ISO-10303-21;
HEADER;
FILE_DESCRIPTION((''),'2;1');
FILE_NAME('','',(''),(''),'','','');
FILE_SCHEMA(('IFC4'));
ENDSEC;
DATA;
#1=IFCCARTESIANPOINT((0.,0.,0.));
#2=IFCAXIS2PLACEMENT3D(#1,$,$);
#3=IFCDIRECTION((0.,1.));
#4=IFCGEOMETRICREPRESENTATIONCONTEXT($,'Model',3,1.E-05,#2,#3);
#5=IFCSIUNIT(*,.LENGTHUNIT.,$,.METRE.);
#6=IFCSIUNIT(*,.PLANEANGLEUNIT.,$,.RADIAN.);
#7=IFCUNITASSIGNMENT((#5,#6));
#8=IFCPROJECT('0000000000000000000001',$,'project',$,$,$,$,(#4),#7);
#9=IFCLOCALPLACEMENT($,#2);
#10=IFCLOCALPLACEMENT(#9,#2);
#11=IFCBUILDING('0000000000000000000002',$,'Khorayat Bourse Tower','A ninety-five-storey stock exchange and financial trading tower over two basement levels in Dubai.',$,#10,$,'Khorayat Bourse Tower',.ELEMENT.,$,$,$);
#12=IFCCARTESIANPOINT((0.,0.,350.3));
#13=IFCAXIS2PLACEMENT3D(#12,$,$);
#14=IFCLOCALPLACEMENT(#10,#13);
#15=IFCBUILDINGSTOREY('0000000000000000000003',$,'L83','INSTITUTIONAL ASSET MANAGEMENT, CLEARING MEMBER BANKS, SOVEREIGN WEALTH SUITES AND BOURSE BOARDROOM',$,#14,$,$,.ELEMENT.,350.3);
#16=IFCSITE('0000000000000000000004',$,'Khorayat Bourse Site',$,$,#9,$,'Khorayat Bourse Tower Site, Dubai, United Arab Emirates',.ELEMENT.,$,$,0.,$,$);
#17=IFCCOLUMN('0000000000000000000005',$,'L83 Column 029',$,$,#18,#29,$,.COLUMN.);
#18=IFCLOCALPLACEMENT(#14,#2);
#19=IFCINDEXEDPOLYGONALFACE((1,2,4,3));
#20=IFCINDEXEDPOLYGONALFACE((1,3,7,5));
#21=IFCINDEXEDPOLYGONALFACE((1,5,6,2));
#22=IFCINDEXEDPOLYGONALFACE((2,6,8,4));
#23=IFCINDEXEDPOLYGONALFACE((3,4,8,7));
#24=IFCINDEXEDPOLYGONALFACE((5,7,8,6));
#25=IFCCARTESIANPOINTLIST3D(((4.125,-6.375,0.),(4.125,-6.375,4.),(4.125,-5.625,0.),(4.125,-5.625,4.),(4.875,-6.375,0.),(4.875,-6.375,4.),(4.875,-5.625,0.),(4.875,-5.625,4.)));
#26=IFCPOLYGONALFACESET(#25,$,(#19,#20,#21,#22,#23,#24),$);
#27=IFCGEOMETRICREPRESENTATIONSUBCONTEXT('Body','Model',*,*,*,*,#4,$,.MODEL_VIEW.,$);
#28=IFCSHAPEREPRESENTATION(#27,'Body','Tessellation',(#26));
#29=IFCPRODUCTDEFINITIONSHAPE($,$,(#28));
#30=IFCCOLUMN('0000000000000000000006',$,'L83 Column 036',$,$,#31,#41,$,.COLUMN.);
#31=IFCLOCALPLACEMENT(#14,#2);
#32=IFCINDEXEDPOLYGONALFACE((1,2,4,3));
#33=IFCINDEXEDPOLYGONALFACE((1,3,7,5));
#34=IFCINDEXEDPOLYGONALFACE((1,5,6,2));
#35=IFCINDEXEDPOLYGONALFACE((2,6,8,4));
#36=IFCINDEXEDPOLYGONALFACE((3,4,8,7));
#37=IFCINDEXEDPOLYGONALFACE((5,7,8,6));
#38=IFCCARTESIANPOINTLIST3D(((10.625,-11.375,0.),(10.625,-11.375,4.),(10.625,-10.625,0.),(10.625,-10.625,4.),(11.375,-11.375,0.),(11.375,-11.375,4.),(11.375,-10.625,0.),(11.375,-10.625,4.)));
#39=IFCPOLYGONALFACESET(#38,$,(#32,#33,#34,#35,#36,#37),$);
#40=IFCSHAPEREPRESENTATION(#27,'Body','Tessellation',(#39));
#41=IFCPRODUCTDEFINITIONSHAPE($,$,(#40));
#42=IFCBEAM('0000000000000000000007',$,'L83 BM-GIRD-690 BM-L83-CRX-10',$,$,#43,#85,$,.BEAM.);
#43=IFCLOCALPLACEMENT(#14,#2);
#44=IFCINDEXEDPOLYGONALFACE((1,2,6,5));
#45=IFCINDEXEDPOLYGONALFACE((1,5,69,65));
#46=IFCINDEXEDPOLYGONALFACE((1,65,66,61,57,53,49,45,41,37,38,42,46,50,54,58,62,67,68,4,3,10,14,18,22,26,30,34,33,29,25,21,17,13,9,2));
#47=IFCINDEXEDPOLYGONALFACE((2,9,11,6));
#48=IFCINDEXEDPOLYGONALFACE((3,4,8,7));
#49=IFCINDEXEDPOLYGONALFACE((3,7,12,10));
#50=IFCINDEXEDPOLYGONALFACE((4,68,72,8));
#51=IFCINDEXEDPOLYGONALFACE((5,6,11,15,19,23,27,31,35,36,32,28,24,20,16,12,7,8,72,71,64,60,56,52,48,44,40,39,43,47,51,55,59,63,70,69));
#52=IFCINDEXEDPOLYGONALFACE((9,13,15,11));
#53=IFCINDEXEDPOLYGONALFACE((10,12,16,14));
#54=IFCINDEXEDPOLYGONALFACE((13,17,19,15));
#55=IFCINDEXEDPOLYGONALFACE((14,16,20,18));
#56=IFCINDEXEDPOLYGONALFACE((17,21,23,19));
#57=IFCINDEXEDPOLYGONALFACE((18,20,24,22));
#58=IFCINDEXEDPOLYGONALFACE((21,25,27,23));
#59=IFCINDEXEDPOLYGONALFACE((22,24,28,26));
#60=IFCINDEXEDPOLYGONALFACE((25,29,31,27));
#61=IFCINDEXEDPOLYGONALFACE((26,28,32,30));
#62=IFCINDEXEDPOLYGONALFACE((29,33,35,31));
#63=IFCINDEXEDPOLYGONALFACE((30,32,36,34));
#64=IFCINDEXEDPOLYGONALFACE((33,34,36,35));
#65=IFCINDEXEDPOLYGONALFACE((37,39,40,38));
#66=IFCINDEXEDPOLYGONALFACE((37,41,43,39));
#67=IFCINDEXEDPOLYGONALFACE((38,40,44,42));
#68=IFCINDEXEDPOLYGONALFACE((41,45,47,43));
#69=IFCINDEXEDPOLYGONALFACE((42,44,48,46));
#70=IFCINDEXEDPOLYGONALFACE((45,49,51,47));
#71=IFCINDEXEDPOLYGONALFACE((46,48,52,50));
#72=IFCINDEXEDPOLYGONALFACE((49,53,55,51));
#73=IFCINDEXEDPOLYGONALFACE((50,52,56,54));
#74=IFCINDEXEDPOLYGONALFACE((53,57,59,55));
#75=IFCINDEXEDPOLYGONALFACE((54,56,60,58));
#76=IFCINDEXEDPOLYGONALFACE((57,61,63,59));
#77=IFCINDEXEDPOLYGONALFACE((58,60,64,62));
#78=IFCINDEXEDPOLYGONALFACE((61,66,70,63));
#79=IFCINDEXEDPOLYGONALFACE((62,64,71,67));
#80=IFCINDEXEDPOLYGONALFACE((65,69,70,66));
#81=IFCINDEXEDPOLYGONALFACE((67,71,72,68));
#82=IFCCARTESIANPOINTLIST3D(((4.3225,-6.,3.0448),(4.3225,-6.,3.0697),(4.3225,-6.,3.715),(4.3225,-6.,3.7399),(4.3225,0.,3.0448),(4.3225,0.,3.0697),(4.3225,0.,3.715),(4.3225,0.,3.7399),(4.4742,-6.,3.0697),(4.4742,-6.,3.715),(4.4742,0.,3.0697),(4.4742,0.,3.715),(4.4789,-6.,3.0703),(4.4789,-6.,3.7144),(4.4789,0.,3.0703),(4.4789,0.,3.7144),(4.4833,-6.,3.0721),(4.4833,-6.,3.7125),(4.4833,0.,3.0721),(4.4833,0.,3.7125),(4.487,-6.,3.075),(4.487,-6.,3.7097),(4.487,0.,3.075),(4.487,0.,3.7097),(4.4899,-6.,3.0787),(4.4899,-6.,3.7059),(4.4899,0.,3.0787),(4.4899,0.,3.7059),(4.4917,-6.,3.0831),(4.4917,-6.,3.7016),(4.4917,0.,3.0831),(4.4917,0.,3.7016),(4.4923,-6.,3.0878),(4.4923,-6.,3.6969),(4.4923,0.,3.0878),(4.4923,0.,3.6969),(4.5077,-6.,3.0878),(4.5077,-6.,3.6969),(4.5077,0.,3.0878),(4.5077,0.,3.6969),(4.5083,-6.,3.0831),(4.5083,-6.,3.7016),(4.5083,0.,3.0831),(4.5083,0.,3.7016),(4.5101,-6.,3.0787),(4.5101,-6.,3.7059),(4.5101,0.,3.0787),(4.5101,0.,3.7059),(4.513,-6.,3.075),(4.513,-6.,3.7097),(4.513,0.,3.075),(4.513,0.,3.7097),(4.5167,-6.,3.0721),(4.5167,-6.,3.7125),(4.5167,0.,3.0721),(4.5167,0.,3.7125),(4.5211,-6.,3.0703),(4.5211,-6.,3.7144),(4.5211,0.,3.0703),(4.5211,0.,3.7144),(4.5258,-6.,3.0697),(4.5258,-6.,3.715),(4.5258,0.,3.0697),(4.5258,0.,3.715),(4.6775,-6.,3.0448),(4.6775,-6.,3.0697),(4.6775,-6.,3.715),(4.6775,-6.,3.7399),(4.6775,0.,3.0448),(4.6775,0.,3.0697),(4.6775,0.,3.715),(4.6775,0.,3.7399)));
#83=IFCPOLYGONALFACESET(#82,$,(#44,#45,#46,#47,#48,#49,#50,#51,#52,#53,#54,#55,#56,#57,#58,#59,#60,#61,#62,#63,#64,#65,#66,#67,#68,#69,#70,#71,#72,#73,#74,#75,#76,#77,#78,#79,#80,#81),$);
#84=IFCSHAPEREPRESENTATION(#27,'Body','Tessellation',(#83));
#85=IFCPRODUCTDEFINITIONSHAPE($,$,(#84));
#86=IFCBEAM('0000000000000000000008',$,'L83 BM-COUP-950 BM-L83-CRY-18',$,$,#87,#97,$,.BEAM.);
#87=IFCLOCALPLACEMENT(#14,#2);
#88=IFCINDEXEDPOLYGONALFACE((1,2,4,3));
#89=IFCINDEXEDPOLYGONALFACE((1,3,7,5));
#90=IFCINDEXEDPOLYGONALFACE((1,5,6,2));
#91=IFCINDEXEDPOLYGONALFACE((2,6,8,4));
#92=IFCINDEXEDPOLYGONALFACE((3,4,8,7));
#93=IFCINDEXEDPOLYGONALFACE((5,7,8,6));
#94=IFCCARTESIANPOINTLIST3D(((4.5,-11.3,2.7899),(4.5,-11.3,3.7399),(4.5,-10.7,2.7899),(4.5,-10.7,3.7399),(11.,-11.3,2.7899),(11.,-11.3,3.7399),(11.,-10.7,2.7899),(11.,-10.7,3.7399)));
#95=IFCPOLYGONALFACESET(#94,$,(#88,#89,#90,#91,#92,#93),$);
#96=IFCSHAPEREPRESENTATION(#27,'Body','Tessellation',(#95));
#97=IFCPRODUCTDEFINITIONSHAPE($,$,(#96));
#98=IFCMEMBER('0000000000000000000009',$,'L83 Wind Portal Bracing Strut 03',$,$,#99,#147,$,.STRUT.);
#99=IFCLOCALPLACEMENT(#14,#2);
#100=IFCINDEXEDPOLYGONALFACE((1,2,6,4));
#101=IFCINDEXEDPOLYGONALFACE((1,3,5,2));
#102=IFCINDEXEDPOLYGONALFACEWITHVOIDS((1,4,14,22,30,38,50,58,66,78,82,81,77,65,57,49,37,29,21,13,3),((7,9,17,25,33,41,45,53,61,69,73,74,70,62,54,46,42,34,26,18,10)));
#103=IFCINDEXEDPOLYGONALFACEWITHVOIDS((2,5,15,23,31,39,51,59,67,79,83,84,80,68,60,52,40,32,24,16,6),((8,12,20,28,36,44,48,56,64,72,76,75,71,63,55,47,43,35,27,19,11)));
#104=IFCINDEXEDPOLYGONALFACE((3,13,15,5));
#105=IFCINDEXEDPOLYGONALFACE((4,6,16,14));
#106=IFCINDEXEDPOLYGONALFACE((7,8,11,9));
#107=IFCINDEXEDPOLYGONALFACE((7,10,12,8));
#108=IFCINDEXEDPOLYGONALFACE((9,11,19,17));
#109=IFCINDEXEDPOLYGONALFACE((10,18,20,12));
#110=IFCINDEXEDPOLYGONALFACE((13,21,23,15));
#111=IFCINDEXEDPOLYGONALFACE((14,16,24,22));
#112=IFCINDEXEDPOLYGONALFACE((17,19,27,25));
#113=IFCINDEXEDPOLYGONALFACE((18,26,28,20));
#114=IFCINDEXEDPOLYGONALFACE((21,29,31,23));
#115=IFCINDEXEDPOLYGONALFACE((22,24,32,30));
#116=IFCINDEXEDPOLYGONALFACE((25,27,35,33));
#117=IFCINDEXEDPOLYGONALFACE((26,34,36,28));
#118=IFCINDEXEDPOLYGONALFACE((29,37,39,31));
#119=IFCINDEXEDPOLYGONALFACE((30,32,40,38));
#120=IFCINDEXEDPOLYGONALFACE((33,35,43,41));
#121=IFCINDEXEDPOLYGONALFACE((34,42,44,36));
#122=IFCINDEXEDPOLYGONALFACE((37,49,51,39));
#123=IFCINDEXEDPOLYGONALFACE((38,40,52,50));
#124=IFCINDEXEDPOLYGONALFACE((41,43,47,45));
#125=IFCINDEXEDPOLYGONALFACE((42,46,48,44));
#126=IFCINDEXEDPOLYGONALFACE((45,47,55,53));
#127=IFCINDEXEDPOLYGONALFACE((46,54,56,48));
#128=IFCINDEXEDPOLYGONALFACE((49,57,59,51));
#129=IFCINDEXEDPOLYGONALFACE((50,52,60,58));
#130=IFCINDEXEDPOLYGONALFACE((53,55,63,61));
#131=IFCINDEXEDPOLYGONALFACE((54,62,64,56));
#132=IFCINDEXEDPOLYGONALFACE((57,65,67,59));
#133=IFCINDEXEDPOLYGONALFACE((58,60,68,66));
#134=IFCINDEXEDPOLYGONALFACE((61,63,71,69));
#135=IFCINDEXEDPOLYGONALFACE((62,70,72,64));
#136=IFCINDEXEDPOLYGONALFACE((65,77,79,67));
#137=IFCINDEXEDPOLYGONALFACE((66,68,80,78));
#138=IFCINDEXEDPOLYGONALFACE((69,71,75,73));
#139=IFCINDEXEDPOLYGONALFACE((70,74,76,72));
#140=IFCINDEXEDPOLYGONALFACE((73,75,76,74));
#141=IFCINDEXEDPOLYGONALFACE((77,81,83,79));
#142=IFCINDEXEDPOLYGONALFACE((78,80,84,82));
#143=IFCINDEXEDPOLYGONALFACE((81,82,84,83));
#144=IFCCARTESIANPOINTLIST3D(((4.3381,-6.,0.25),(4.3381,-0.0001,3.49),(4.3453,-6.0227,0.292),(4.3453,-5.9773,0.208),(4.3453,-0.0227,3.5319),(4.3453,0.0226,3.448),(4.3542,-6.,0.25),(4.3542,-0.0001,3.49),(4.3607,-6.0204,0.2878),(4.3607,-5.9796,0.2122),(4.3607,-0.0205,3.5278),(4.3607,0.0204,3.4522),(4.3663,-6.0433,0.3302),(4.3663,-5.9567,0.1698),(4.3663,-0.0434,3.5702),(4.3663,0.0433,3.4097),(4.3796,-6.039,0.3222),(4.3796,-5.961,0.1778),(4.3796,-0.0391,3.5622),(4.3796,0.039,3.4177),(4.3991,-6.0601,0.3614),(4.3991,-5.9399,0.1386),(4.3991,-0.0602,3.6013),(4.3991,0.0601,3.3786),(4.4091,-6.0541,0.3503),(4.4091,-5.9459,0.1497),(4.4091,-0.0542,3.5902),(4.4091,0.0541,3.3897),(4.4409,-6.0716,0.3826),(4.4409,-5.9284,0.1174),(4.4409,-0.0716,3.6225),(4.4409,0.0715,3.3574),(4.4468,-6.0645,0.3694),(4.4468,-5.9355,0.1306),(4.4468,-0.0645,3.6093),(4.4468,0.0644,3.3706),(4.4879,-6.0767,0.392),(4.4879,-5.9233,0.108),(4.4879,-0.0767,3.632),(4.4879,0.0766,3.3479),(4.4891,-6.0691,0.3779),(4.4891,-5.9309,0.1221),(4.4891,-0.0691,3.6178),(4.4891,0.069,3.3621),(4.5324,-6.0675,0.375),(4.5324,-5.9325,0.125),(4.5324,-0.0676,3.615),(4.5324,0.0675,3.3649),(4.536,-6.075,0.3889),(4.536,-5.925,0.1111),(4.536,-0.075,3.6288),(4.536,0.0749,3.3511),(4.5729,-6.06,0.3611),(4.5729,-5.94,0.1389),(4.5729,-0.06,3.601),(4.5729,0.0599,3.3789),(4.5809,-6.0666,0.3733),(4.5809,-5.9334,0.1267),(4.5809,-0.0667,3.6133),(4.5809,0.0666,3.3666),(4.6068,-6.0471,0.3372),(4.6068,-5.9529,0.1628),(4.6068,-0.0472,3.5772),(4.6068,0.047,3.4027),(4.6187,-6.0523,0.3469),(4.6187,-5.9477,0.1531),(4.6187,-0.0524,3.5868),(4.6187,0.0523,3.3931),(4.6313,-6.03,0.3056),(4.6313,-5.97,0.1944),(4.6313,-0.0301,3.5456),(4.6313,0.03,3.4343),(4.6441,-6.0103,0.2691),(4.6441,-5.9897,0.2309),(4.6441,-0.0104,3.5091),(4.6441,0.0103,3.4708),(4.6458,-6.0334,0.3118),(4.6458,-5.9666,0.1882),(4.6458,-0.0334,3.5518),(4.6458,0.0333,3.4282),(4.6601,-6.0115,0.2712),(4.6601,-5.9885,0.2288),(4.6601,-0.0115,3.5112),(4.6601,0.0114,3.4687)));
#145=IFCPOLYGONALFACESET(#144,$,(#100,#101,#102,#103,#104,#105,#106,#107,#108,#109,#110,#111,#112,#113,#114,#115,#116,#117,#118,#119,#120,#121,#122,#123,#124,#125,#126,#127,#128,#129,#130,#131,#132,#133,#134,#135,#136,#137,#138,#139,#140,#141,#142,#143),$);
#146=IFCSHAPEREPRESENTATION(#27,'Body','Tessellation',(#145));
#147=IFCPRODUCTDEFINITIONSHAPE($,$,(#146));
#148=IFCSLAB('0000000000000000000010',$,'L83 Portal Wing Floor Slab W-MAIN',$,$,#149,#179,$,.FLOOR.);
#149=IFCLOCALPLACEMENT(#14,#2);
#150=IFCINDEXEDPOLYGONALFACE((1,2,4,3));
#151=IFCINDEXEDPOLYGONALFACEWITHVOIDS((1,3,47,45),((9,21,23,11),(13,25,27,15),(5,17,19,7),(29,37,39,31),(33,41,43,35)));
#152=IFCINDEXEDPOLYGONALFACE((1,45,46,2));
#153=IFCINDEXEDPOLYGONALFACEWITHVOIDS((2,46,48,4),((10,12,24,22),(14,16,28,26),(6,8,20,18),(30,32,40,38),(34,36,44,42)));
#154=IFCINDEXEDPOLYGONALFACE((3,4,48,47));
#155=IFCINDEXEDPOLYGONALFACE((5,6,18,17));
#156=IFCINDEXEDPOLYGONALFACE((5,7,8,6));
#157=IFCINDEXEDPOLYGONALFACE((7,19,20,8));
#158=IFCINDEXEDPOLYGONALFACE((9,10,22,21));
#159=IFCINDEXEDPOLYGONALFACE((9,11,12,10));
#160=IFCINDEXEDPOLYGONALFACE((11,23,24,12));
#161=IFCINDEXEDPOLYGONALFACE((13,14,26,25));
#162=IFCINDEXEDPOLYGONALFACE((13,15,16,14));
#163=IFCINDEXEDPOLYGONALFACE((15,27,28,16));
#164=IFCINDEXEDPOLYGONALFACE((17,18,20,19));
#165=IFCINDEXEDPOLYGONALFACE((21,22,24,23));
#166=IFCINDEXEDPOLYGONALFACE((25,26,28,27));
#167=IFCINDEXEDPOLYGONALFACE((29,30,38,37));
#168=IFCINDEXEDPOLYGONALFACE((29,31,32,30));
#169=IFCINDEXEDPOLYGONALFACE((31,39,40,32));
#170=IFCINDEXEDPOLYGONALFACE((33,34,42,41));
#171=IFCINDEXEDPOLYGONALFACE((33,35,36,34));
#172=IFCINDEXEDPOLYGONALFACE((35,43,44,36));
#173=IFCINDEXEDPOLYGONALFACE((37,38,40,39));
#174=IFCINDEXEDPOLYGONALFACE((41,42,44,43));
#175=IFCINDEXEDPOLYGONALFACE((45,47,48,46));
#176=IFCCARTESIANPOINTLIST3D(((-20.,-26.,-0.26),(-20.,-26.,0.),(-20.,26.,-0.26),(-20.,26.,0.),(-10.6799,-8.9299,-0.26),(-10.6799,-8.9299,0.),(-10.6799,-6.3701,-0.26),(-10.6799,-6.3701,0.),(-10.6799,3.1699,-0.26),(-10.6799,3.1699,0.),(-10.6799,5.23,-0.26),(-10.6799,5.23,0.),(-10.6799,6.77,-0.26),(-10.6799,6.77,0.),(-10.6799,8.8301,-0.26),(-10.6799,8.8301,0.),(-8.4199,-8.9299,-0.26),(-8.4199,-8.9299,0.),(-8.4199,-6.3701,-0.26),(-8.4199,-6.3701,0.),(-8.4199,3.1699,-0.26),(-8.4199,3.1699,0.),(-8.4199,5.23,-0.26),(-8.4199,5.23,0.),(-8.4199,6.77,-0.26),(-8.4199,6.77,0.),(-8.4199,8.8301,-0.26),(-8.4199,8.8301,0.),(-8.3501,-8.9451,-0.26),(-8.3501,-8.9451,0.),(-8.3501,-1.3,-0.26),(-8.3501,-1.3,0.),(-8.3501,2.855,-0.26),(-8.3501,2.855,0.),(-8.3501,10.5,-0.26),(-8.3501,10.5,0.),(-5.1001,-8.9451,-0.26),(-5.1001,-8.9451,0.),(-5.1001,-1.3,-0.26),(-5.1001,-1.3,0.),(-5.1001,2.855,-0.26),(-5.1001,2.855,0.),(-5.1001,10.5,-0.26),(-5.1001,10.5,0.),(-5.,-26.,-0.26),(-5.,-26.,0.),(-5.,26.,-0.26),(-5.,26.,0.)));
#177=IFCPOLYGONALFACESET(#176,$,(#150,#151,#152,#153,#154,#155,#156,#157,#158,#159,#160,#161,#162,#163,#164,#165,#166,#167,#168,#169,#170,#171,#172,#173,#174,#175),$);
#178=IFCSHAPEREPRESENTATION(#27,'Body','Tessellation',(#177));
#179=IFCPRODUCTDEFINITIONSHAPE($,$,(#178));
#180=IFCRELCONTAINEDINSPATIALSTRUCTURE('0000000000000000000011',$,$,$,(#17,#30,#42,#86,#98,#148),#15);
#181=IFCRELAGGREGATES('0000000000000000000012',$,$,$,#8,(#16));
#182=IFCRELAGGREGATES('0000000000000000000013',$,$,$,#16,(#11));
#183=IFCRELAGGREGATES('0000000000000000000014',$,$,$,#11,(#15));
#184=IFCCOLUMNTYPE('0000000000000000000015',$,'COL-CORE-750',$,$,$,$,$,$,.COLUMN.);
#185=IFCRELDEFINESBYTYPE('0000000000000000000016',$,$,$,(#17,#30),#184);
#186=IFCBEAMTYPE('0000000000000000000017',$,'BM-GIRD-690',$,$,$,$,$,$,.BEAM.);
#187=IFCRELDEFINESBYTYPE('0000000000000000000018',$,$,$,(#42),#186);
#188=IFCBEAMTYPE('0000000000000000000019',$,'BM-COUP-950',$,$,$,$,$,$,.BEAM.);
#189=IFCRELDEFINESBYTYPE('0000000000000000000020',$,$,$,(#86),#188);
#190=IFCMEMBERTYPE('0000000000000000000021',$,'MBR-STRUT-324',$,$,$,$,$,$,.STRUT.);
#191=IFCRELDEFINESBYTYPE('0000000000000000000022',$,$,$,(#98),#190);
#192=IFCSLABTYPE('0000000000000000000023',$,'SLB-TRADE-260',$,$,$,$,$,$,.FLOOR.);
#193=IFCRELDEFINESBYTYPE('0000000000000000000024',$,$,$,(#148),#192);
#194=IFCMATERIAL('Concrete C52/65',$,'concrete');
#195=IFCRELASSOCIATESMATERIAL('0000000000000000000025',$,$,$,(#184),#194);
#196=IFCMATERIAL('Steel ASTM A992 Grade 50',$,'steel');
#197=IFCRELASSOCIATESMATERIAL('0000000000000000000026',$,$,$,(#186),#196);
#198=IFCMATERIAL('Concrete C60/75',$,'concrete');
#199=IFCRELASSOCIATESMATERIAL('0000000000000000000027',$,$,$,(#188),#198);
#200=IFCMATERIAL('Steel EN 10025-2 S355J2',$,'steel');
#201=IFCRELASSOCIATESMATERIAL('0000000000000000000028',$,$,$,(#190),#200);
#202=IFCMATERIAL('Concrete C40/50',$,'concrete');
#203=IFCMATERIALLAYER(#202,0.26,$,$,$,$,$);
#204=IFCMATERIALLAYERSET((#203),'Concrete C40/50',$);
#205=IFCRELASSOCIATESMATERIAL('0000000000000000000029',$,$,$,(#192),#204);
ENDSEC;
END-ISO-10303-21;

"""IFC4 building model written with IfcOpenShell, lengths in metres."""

from ifc_helpers import new_model, si_unit, direction, frame, origin, origin_2d, place, context, subcontext, project, spatial, polyline, rectangle, hollow_circle, i_section, outline, extrude, source, transform, mapped, material, layer, layer_set, material_profile, profile_set, type_object, element, save


model = new_model("IFC4")

# Units and contexts
model_context = context("Model", 3, precision=1e-05, world=origin(), true_north=direction((0.0, 1.0)))
body_context = subcontext(model_context, "Body", "Model", "MODEL_VIEW")
ifc_project = project(units=[si_unit("LENGTHUNIT", "METRE"), si_unit("PLANEANGLEUNIT", "RADIAN")], contexts=[model_context])

# Site, building, storey
site_placement = place(None, origin())
site = spatial("IfcSite", under=ifc_project, at=site_placement, Name="Khorayat Bourse Site", LongName="Khorayat Bourse Tower Site, Dubai, United Arab Emirates", CompositionType="ELEMENT", RefElevation=0.0)
building_placement = place(site_placement, origin())
building = spatial("IfcBuilding", under=site, at=building_placement, Name="Khorayat Bourse Tower", Description="A ninety-five-storey stock exchange and financial trading tower over two basement levels in Dubai.", LongName="Khorayat Bourse Tower", CompositionType="ELEMENT")
storey_placement = place(building_placement, frame((0.0, 0.0, 350.3)))
storey = spatial("IfcBuildingStorey", under=building, at=storey_placement, Name="L83", Description="INSTITUTIONAL ASSET MANAGEMENT, CLEARING MEMBER BANKS, SOVEREIGN WEALTH SUITES AND BOURSE BOARDROOM", CompositionType="ELEMENT", Elevation=350.3)

# Columns
ifc_material_1 = material(Name="Concrete C52/65", Category="concrete")
ifc_material_profile_1 = material_profile(ifc_material_1, rectangle(XDim=0.75, YDim=0.75, at=origin_2d()), Name="RC 750x750")
ifc_profile_set_1 = profile_set([ifc_material_profile_1], Name="Concrete C52/65")
column_type = type_object("IfcColumnType", Name="COL-CORE-750", PredefinedType="COLUMN", material=ifc_profile_set_1)
shared_shape_1 = source(origin(), body_context, "Body", "SweptSolid", [
    extrude(rectangle(XDim=0.75, YDim=0.75, at=origin_2d()), origin(), (0.0, 0.0, 1.0), 4.0),
])
for number, where, z_axis, x_axis, name in (
    (1, (4.5, -6.0, 0.0), (0.0, 0.0, 1.0), (1.0, 0.0, 0.0), "L83 Column 029"),
    (2, (11.0, -11.0, 0.0), (0.0, 0.0, 1.0), (1.0, 0.0, 0.0), "L83 Column 036"),
):
    element("IfcColumn", number, at=place(storey_placement, frame(where, z_axis=z_axis, x_axis=x_axis)), inside=storey, type_object=column_type, Name=name, PredefinedType="COLUMN", context=body_context, shape_type="MappedRepresentation", body=[
        mapped(shared_shape_1, transform((0.0, 0.0, 0.0), scale=1.0)),
    ])

# Beams
ifc_material_2 = material(Name="Steel ASTM A992 Grade 50", Category="steel")
ifc_material_profile_2 = material_profile(ifc_material_2, i_section(OverallWidth=0.355, OverallDepth=0.6951, WebThickness=0.0154, FlangeThickness=0.0249, FilletRadius=0.0181, at=origin_2d()), Name="W690X217")
ifc_profile_set_2 = profile_set([ifc_material_profile_2], Name="Steel ASTM A992 Grade 50")
beam_type_1 = type_object("IfcBeamType", Name="BM-GIRD-690", PredefinedType="BEAM", material=ifc_profile_set_2)
shared_shape_2 = source(origin(), body_context, "Body", "SweptSolid", [
    extrude(i_section(OverallWidth=0.355, OverallDepth=0.6951, WebThickness=0.0154, FlangeThickness=0.0249, FilletRadius=0.0181, at=origin_2d()), origin(), (0.0, 0.0, 1.0), 6.0),
])
beam_1_placement = place(storey_placement, frame((4.5, -6.0, 3.3923), z_axis=(0.0, 1.0, 0.0), x_axis=(-1.0, 0.0, 0.0)))
element("IfcBeam", 3, at=beam_1_placement, inside=storey, type_object=beam_type_1, Name="L83 BM-GIRD-690 BM-L83-CRX-10", PredefinedType="BEAM", context=body_context, shape_type="MappedRepresentation", body=[
    mapped(shared_shape_2, transform((0.0, 0.0, 0.0), scale=1.0)),
])
ifc_material_3 = material(Name="Concrete C60/75", Category="concrete")
ifc_material_profile_3 = material_profile(ifc_material_3, rectangle(XDim=0.6001, YDim=0.95, at=origin_2d()), Name="RC 600x950")
ifc_profile_set_3 = profile_set([ifc_material_profile_3], Name="Concrete C60/75")
beam_type_2 = type_object("IfcBeamType", Name="BM-COUP-950", PredefinedType="BEAM", material=ifc_profile_set_3)
shared_shape_3 = source(origin(), body_context, "Body", "SweptSolid", [
    extrude(rectangle(XDim=0.6001, YDim=0.95, at=origin_2d()), origin(), (0.0, 0.0, 1.0), 6.5),
])
beam_2_placement = place(storey_placement, frame((4.5, -11.0, 3.2649), z_axis=(1.0, 0.0, 0.0), x_axis=(0.0, 1.0, 0.0)))
element("IfcBeam", 4, at=beam_2_placement, inside=storey, type_object=beam_type_2, Name="L83 BM-COUP-950 BM-L83-CRY-18", PredefinedType="BEAM", context=body_context, shape_type="MappedRepresentation", body=[
    mapped(shared_shape_3, transform((0.0, 0.0, 0.0), scale=1.0)),
])

# Member
ifc_material_4 = material(Name="Steel EN 10025-2 S355J2", Category="steel")
ifc_material_profile_4 = material_profile(ifc_material_4, hollow_circle(Radius=0.1619, WallThickness=0.0161, at=origin_2d()), Name="CHS 323.9x16")
ifc_profile_set_4 = profile_set([ifc_material_profile_4], Name="Steel EN 10025-2 S355J2")
member_type = type_object("IfcMemberType", Name="MBR-STRUT-324", PredefinedType="STRUT", material=ifc_profile_set_4)
shared_shape_4 = source(origin(), body_context, "Body", "SweptSolid", [
    extrude(hollow_circle(Radius=0.1619, WallThickness=0.0161, at=origin_2d()), origin(), (0.0, 0.0, 1.0), 6.8188),
])
member_placement = place(storey_placement, frame((4.5, -6.0, 0.25), z_axis=(0.0, 0.879906, 0.475148), x_axis=(-1.0, 0.0, 0.0)))
element("IfcMember", 5, at=member_placement, inside=storey, type_object=member_type, Name="L83 Wind Portal Bracing Strut 03", PredefinedType="STRUT", context=body_context, shape_type="MappedRepresentation", body=[
    mapped(shared_shape_4, transform((0.0, 0.0, 0.0), scale=1.0)),
])

# Slab
ifc_material_5 = material(Name="Concrete C40/50", Category="concrete")
ifc_layer_1 = layer(ifc_material_5, 0.26)
ifc_layer_set_1 = layer_set([ifc_layer_1], Name="Concrete C40/50")
slab_type = type_object("IfcSlabType", Name="SLB-TRADE-260", PredefinedType="FLOOR", material=ifc_layer_set_1)
slab_1_placement = place(storey_placement, frame((0.0, 0.0, -0.26)))
element("IfcSlab", 6, at=slab_1_placement, inside=storey, type_object=slab_type, Name="L83 Portal Wing Floor Slab W-MAIN", PredefinedType="FLOOR", context=body_context, shape_type="SweptSolid", body=[
    extrude(outline(polyline([(-20.0, -26.0), (-5.0, -26.0), (-5.0, 26.0), (-20.0, 26.0), (-20.0, -26.0)]), holes=[polyline([(-8.3501, -8.9451), (-5.1001, -8.9451), (-5.1001, -1.3), (-8.3501, -1.3), (-8.3501, -8.9451)]), polyline([(-8.3501, 2.855), (-5.1001, 2.855), (-5.1001, 10.5), (-8.3501, 10.5), (-8.3501, 2.855)]), polyline([(-10.6799, 3.1699), (-8.4199, 3.1699), (-8.4199, 5.23), (-10.6799, 5.23), (-10.6799, 3.1699)]), polyline([(-10.6799, 6.77), (-8.4199, 6.77), (-8.4199, 8.8301), (-10.6799, 8.8301), (-10.6799, 6.77)]), polyline([(-10.6799, -8.9299), (-8.4199, -8.9299), (-8.4199, -6.3701), (-10.6799, -6.3701), (-10.6799, -8.9299)])]), origin(), (0.0, 0.0, 1.0), 0.26),
])

save(model, "model.ifc")
